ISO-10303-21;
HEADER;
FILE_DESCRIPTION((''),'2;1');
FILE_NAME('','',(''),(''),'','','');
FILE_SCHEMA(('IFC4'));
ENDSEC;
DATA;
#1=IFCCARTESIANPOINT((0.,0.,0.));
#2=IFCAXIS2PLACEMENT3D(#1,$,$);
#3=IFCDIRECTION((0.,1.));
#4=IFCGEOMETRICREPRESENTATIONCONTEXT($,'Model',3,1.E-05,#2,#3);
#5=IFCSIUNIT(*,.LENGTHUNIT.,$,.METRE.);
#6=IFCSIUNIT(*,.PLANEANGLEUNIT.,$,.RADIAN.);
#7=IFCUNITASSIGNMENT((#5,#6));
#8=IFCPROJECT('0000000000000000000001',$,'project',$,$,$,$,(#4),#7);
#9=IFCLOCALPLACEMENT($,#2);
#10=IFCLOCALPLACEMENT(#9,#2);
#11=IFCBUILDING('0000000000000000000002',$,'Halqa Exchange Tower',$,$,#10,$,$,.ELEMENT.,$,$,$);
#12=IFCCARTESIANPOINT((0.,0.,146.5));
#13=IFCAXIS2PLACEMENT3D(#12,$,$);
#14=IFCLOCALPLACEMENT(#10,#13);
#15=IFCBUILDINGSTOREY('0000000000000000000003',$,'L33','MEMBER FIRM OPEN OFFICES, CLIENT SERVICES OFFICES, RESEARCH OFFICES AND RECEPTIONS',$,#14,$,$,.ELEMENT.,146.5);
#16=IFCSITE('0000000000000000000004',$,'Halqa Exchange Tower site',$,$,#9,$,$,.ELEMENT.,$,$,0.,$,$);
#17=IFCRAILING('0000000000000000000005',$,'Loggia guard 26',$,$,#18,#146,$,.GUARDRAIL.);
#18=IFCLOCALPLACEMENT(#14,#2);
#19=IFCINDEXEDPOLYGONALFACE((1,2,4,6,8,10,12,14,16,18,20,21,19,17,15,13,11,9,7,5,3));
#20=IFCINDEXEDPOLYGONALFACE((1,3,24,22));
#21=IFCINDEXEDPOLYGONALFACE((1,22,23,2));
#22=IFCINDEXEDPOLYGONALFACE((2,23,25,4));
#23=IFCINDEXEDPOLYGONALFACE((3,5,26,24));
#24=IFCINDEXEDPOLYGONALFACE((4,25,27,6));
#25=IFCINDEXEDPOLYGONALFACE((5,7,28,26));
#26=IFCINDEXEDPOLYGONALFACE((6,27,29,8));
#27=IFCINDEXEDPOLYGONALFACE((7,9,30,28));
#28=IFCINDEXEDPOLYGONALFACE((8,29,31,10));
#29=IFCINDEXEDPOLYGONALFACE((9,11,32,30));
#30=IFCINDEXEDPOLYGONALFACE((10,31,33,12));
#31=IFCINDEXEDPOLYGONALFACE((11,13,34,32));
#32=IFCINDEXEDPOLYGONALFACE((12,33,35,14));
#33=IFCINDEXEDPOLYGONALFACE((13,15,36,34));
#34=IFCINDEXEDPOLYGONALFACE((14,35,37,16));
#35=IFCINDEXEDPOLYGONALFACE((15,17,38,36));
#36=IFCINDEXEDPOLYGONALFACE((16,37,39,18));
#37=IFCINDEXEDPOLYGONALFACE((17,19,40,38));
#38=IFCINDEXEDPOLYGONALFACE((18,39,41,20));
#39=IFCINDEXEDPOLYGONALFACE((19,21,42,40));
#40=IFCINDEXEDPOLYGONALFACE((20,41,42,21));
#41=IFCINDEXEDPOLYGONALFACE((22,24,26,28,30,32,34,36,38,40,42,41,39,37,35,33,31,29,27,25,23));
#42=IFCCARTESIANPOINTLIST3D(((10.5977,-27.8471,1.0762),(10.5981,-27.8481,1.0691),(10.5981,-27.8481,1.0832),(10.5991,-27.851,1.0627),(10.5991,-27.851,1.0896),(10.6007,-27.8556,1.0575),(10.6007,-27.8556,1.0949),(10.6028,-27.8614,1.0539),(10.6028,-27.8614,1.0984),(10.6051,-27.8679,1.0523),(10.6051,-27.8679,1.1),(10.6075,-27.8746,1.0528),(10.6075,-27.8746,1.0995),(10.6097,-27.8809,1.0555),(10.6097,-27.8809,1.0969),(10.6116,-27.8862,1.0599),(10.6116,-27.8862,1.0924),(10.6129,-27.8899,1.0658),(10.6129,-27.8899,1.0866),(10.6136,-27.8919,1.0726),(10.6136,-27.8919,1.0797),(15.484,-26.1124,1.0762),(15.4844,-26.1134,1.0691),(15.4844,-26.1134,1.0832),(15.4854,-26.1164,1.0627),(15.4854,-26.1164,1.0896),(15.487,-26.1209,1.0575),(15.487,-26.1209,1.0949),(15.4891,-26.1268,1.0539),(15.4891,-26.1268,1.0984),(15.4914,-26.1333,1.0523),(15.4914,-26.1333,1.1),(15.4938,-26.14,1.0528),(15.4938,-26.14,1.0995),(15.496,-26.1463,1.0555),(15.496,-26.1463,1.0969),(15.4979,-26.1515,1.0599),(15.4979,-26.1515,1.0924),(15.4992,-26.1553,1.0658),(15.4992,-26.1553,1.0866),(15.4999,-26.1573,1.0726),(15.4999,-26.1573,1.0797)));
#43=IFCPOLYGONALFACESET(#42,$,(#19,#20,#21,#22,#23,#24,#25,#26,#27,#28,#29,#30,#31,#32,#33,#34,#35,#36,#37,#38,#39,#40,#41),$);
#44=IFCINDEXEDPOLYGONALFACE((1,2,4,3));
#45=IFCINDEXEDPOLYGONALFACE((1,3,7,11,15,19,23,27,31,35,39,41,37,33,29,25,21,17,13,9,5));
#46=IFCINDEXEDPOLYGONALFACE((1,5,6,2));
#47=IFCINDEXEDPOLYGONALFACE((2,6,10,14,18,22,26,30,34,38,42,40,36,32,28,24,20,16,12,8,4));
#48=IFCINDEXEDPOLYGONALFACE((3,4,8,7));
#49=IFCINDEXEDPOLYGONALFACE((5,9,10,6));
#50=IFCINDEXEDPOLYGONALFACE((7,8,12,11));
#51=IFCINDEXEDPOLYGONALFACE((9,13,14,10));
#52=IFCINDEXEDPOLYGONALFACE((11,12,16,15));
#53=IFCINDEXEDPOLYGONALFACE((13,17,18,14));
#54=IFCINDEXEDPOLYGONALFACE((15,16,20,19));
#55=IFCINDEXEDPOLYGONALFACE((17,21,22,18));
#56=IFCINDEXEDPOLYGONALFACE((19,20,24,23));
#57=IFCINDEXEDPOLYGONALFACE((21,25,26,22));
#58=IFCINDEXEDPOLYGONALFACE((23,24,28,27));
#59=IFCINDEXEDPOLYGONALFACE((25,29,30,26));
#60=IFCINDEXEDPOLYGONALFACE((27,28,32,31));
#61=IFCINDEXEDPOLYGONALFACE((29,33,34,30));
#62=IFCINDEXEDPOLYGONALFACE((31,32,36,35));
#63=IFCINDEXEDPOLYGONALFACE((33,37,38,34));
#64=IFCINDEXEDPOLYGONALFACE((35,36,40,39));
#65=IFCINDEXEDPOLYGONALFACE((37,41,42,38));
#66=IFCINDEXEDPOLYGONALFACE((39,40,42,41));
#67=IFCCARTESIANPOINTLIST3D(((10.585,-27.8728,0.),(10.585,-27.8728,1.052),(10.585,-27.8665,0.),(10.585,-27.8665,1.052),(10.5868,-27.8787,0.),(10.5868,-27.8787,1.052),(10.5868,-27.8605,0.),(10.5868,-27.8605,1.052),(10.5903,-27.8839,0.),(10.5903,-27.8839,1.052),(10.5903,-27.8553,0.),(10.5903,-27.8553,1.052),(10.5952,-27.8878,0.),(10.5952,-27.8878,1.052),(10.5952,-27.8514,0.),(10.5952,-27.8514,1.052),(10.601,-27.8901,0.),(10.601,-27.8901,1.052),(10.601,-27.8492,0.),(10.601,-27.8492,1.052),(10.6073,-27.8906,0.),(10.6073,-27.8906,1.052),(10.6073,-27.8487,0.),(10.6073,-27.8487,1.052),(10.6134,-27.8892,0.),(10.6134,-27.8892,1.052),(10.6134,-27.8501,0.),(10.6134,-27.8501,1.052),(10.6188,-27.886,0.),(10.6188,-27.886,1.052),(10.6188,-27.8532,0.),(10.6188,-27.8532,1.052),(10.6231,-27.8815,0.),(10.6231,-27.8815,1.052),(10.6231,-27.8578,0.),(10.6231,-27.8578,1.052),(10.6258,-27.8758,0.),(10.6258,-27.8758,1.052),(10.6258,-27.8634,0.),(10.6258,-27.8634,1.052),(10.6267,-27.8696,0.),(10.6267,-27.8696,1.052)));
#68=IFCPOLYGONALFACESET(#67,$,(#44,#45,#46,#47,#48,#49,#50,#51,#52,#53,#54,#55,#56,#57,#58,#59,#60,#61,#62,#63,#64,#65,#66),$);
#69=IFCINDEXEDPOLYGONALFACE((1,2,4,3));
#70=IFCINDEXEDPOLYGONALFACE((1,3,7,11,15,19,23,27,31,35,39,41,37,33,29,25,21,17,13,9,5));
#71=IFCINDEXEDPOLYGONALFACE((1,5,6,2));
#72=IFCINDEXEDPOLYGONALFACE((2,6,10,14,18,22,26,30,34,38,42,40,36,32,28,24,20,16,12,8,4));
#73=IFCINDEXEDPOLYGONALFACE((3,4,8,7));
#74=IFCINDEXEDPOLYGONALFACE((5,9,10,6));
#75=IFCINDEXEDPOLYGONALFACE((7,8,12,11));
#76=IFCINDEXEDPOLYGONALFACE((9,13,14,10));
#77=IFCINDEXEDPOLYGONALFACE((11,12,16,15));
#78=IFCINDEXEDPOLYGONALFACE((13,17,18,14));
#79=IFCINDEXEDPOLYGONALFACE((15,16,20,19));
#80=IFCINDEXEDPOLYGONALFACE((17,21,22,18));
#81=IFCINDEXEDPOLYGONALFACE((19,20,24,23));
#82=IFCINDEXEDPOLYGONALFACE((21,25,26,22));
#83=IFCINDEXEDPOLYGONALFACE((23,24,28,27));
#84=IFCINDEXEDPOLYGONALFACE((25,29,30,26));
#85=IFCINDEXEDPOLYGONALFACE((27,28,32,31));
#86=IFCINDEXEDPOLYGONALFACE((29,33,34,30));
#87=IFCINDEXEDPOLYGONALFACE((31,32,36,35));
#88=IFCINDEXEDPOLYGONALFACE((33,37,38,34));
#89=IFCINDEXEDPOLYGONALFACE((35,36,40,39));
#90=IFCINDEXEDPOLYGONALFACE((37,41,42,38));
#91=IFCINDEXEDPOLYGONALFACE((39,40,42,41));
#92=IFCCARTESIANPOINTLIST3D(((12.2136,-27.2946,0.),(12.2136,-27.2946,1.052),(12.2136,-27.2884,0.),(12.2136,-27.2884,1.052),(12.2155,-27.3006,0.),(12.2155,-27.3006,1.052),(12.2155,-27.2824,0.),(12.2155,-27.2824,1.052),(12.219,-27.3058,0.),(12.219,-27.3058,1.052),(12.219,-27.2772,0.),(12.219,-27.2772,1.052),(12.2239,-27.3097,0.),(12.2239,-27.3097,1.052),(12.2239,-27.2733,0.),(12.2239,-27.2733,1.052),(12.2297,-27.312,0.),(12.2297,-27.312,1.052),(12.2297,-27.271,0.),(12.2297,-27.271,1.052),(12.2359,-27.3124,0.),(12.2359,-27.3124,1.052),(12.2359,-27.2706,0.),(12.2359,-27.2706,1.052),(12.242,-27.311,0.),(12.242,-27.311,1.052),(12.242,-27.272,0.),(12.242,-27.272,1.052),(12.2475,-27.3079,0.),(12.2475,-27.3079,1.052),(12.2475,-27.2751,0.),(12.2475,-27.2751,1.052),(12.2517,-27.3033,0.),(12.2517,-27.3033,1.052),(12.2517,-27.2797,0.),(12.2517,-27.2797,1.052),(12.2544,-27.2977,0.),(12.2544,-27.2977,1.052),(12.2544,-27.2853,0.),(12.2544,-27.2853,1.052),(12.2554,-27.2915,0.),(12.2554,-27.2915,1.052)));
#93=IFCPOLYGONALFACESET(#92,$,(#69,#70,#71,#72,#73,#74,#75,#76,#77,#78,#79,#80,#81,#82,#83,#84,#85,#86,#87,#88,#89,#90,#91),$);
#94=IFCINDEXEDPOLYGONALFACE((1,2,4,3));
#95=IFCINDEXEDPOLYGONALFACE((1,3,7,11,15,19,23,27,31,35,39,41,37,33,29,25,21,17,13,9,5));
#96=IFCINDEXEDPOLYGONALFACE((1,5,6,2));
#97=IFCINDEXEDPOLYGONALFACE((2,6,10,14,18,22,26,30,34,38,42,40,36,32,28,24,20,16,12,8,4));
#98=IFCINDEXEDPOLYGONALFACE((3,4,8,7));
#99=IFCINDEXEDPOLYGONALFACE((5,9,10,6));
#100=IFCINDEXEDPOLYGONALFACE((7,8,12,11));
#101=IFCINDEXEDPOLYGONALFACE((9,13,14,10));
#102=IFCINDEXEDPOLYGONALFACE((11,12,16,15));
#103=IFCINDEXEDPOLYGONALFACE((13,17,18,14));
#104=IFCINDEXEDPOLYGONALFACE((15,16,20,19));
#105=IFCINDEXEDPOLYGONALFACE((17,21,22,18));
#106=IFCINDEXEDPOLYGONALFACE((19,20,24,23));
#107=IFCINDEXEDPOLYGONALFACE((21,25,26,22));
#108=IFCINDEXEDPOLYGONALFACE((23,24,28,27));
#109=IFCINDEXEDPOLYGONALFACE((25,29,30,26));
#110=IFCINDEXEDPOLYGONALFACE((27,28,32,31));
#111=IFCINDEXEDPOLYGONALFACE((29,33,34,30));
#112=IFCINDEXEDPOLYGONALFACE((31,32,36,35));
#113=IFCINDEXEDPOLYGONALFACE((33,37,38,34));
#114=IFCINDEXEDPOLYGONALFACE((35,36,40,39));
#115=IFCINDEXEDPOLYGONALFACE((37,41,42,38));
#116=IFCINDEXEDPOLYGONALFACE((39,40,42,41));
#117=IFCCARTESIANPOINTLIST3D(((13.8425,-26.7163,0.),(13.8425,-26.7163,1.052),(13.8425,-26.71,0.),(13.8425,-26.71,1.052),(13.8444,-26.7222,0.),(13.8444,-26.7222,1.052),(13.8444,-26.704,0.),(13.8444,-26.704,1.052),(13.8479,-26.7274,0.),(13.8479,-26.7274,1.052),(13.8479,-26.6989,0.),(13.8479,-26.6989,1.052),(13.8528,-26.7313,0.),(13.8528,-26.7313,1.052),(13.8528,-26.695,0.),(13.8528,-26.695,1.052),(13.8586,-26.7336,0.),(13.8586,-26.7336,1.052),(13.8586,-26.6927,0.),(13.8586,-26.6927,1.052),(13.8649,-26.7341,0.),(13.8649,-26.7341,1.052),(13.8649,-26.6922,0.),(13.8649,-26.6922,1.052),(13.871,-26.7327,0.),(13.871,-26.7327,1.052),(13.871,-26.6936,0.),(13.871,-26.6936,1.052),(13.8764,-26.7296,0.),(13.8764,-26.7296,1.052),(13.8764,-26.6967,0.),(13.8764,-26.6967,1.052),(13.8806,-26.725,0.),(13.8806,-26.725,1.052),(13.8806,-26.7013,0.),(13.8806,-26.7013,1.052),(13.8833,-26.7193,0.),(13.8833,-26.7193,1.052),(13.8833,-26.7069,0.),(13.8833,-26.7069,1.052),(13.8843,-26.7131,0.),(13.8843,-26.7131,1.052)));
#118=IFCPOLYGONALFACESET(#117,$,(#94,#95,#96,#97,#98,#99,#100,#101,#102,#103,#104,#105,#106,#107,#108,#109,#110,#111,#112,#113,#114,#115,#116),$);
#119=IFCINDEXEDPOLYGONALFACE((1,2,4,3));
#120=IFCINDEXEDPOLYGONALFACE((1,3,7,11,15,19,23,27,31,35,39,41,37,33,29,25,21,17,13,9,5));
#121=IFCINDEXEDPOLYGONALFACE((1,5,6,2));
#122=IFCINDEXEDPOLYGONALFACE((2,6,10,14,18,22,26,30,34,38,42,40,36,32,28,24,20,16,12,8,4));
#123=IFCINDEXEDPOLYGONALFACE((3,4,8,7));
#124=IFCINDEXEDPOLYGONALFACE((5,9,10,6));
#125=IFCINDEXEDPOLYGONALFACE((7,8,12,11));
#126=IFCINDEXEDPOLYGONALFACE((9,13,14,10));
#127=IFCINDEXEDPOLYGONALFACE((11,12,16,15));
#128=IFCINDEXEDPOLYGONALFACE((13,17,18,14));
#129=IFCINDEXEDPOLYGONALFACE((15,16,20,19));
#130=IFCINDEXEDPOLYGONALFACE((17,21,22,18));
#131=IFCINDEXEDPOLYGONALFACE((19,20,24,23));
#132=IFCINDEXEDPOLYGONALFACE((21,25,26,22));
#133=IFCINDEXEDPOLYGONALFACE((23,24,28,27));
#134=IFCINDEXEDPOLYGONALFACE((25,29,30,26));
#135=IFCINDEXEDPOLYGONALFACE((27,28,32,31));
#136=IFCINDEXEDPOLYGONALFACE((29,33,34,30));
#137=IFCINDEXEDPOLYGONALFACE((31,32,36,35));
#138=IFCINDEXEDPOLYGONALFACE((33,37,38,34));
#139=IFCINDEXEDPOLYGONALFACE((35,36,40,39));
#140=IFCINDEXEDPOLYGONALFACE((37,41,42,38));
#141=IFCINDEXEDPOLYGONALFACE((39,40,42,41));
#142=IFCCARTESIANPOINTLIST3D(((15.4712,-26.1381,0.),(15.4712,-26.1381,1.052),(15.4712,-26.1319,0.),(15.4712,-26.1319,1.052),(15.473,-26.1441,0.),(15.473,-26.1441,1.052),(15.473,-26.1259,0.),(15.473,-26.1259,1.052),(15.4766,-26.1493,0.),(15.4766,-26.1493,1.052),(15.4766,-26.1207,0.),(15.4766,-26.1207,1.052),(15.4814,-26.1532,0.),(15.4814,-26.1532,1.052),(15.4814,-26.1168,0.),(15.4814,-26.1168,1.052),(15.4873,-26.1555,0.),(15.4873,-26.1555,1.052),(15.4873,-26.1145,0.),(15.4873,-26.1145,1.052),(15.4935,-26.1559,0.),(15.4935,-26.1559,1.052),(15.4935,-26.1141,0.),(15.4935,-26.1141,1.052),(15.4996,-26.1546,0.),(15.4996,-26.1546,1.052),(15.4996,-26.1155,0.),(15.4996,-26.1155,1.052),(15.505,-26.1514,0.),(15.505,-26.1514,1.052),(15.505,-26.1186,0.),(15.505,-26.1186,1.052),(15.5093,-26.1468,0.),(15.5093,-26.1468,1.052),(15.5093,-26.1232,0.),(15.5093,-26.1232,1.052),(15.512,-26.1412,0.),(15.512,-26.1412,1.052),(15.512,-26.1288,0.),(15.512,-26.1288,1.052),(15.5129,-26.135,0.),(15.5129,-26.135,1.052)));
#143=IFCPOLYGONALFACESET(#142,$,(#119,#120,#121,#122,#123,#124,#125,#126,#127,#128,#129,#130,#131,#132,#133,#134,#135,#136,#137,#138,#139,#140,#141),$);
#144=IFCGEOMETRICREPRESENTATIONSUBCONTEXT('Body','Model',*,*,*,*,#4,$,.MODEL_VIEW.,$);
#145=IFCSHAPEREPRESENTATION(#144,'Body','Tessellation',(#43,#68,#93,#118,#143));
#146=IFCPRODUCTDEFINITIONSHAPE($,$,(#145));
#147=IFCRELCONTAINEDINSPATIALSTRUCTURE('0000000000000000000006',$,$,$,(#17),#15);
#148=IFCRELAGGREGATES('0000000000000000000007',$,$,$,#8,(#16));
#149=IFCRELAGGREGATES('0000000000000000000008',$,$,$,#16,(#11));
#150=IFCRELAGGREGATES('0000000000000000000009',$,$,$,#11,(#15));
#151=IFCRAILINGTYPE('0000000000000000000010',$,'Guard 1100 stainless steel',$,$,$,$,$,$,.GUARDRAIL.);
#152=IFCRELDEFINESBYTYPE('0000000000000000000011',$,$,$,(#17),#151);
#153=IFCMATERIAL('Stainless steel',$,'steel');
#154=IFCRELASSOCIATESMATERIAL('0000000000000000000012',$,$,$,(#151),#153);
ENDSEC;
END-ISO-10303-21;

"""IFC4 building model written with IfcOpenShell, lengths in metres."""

from ifc_helpers import new_model, si_unit, direction, frame, origin, origin_2d, place, context, subcontext, project, spatial, circle, extrude, material, type_object, element, save


model = new_model("IFC4")

# Units and contexts
model_context = context("Model", 3, precision=1e-05, world=origin(), true_north=direction((0.0, 1.0)))
body_context = subcontext(model_context, "Body", "Model", "MODEL_VIEW")
ifc_project = project(units=[si_unit("LENGTHUNIT", "METRE"), si_unit("PLANEANGLEUNIT", "RADIAN")], contexts=[model_context])

# Site, building, storey
site_placement = place(None, origin())
site = spatial("IfcSite", under=ifc_project, at=site_placement, Name="Halqa Exchange Tower site", CompositionType="ELEMENT", RefElevation=0.0)
building_placement = place(site_placement, origin())
building = spatial("IfcBuilding", under=site, at=building_placement, Name="Halqa Exchange Tower", CompositionType="ELEMENT")
storey_placement = place(building_placement, frame((0.0, 0.0, 146.5)))
storey = spatial("IfcBuildingStorey", under=building, at=storey_placement, Name="L33", Description="MEMBER FIRM OPEN OFFICES, CLIENT SERVICES OFFICES, RESEARCH OFFICES AND RECEPTIONS", CompositionType="ELEMENT", Elevation=146.5)

# Railing
ifc_material_1 = material(Name="Stainless steel", Category="steel")
railing_type_1 = type_object("IfcRailingType", Name="Guard 1100 stainless steel", PredefinedType="GUARDRAIL", material=ifc_material_1)
railing_1_placement = place(storey_placement, frame((10.6057, -27.8696, 0.0)))
element("IfcRailing", 1, at=railing_1_placement, inside=storey, type_object=railing_type_1, Name="Loggia guard 26", PredefinedType="GUARDRAIL", context=body_context, shape_type="SweptSolid", body=[
    extrude(circle(Radius=0.0239, at=origin_2d()), frame((0.0, 0.0, 1.0762), z_axis=(0.942379, 0.334546, 0.0), x_axis=(-0.334546, 0.942379, 0.0)), (0.0, 0.0, 1.0), 5.1851),
    extrude(circle(Radius=0.021, at=origin_2d()), origin(), (0.0, 0.0, 1.0), 1.052),
    extrude(circle(Radius=0.021, at=origin_2d()), frame((1.6287, 0.5781, 0.0)), (0.0, 0.0, 1.0), 1.052),
    extrude(circle(Radius=0.021, at=origin_2d()), frame((3.2576, 1.1565, 0.0)), (0.0, 0.0, 1.0), 1.052),
    extrude(circle(Radius=0.021, at=origin_2d()), frame((4.8862, 1.7346, 0.0)), (0.0, 0.0, 1.0), 1.052),
])

save(model, "model.ifc")
